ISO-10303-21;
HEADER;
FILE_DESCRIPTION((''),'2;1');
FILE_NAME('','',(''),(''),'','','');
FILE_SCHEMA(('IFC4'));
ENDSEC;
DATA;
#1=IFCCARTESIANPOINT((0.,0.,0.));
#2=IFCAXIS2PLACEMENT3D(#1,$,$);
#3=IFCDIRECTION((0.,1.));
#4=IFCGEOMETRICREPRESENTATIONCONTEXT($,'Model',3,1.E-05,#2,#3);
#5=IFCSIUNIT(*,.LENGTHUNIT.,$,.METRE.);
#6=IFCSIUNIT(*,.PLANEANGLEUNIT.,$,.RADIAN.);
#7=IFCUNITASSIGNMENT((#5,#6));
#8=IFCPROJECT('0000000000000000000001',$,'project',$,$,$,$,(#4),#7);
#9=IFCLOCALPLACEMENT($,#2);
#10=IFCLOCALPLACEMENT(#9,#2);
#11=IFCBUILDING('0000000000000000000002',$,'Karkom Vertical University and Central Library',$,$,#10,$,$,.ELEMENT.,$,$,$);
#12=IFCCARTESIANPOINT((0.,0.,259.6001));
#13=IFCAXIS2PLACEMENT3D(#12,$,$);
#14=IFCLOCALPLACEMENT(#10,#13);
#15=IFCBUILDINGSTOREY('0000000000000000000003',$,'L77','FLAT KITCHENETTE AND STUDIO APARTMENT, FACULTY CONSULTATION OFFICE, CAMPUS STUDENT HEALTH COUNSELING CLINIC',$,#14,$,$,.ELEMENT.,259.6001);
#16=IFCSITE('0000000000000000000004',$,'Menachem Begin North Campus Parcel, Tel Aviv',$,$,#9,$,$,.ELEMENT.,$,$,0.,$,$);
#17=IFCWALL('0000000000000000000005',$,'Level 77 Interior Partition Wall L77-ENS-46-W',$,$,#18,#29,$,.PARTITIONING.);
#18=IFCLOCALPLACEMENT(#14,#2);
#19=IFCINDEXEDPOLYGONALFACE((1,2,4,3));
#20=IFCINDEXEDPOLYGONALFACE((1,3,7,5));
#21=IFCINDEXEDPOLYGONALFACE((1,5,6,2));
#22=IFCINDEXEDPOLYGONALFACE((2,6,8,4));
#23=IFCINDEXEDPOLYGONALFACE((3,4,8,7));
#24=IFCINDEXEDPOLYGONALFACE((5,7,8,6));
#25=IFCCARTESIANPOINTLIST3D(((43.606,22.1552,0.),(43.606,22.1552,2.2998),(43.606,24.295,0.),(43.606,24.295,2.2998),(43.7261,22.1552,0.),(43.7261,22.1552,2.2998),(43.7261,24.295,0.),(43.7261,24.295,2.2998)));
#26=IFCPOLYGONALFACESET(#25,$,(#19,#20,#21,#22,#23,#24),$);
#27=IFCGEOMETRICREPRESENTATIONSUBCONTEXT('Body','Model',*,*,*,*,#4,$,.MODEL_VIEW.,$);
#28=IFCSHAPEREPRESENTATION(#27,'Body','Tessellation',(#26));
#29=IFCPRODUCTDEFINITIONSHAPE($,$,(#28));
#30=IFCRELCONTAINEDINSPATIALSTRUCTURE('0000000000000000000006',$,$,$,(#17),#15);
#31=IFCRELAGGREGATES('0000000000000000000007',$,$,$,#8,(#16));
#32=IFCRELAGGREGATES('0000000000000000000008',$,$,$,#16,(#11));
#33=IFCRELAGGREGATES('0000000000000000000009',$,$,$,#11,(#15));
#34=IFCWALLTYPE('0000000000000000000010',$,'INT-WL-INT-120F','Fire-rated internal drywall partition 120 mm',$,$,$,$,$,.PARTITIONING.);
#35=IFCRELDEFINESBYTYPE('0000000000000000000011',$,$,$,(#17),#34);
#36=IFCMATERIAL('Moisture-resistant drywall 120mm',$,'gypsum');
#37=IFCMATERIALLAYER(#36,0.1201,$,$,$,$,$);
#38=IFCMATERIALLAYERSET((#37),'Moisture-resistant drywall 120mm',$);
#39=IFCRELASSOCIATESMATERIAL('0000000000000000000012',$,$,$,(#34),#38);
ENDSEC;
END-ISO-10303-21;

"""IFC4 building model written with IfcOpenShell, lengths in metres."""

from ifc_helpers import new_model, si_unit, direction, frame, frame_2d, origin, place, context, subcontext, project, spatial, rectangle, extrude, material, layer, layer_set, type_object, element, save


model = new_model("IFC4")

# Units and contexts
model_context = context("Model", 3, precision=1e-05, world=origin(), true_north=direction((0.0, 1.0)))
body_context = subcontext(model_context, "Body", "Model", "MODEL_VIEW")
ifc_project = project(units=[si_unit("LENGTHUNIT", "METRE"), si_unit("PLANEANGLEUNIT", "RADIAN")], contexts=[model_context])

# Site, building, storey
site_placement = place(None, origin())
site = spatial("IfcSite", under=ifc_project, at=site_placement, Name="Menachem Begin North Campus Parcel, Tel Aviv", CompositionType="ELEMENT", RefElevation=0.0)
building_placement = place(site_placement, origin())
building = spatial("IfcBuilding", under=site, at=building_placement, Name="Karkom Vertical University and Central Library", CompositionType="ELEMENT")
storey_placement = place(building_placement, frame((0.0, 0.0, 259.6001)))
storey = spatial("IfcBuildingStorey", under=building, at=storey_placement, Name="L77", Description="FLAT KITCHENETTE AND STUDIO APARTMENT, FACULTY CONSULTATION OFFICE, CAMPUS STUDENT HEALTH COUNSELING CLINIC", CompositionType="ELEMENT", Elevation=259.6001)

# Shared definitions
ifc_material_1 = material(Name="Moisture-resistant drywall 120mm", Category="gypsum")
ifc_layer_1 = layer(ifc_material_1, 0.1201)
ifc_layer_set_1 = layer_set([ifc_layer_1], Name="Moisture-resistant drywall 120mm")
wall_type_1 = type_object("IfcWallType", Name="INT-WL-INT-120F", Description="Fire-rated internal drywall partition 120 mm", PredefinedType="PARTITIONING", material=ifc_layer_set_1)

# Wall
wall_1_placement = place(storey_placement, frame((43.666, 24.2949, 0.0), z_axis=(0.0, 0.0, 1.0), x_axis=(0.0, -1.0, 0.0)))
element("IfcWall", 1, at=wall_1_placement, inside=storey, type_object=wall_type_1, Name="Level 77 Interior Partition Wall L77-ENS-46-W", PredefinedType="PARTITIONING", context=body_context, shape_type="SweptSolid", body=[
    extrude(rectangle(XDim=2.1399, YDim=0.1201, at=frame_2d((1.0698, 0.0))), origin(), (0.0, 0.0, 1.0), 2.2998),
])

save(model, "model.ifc")
